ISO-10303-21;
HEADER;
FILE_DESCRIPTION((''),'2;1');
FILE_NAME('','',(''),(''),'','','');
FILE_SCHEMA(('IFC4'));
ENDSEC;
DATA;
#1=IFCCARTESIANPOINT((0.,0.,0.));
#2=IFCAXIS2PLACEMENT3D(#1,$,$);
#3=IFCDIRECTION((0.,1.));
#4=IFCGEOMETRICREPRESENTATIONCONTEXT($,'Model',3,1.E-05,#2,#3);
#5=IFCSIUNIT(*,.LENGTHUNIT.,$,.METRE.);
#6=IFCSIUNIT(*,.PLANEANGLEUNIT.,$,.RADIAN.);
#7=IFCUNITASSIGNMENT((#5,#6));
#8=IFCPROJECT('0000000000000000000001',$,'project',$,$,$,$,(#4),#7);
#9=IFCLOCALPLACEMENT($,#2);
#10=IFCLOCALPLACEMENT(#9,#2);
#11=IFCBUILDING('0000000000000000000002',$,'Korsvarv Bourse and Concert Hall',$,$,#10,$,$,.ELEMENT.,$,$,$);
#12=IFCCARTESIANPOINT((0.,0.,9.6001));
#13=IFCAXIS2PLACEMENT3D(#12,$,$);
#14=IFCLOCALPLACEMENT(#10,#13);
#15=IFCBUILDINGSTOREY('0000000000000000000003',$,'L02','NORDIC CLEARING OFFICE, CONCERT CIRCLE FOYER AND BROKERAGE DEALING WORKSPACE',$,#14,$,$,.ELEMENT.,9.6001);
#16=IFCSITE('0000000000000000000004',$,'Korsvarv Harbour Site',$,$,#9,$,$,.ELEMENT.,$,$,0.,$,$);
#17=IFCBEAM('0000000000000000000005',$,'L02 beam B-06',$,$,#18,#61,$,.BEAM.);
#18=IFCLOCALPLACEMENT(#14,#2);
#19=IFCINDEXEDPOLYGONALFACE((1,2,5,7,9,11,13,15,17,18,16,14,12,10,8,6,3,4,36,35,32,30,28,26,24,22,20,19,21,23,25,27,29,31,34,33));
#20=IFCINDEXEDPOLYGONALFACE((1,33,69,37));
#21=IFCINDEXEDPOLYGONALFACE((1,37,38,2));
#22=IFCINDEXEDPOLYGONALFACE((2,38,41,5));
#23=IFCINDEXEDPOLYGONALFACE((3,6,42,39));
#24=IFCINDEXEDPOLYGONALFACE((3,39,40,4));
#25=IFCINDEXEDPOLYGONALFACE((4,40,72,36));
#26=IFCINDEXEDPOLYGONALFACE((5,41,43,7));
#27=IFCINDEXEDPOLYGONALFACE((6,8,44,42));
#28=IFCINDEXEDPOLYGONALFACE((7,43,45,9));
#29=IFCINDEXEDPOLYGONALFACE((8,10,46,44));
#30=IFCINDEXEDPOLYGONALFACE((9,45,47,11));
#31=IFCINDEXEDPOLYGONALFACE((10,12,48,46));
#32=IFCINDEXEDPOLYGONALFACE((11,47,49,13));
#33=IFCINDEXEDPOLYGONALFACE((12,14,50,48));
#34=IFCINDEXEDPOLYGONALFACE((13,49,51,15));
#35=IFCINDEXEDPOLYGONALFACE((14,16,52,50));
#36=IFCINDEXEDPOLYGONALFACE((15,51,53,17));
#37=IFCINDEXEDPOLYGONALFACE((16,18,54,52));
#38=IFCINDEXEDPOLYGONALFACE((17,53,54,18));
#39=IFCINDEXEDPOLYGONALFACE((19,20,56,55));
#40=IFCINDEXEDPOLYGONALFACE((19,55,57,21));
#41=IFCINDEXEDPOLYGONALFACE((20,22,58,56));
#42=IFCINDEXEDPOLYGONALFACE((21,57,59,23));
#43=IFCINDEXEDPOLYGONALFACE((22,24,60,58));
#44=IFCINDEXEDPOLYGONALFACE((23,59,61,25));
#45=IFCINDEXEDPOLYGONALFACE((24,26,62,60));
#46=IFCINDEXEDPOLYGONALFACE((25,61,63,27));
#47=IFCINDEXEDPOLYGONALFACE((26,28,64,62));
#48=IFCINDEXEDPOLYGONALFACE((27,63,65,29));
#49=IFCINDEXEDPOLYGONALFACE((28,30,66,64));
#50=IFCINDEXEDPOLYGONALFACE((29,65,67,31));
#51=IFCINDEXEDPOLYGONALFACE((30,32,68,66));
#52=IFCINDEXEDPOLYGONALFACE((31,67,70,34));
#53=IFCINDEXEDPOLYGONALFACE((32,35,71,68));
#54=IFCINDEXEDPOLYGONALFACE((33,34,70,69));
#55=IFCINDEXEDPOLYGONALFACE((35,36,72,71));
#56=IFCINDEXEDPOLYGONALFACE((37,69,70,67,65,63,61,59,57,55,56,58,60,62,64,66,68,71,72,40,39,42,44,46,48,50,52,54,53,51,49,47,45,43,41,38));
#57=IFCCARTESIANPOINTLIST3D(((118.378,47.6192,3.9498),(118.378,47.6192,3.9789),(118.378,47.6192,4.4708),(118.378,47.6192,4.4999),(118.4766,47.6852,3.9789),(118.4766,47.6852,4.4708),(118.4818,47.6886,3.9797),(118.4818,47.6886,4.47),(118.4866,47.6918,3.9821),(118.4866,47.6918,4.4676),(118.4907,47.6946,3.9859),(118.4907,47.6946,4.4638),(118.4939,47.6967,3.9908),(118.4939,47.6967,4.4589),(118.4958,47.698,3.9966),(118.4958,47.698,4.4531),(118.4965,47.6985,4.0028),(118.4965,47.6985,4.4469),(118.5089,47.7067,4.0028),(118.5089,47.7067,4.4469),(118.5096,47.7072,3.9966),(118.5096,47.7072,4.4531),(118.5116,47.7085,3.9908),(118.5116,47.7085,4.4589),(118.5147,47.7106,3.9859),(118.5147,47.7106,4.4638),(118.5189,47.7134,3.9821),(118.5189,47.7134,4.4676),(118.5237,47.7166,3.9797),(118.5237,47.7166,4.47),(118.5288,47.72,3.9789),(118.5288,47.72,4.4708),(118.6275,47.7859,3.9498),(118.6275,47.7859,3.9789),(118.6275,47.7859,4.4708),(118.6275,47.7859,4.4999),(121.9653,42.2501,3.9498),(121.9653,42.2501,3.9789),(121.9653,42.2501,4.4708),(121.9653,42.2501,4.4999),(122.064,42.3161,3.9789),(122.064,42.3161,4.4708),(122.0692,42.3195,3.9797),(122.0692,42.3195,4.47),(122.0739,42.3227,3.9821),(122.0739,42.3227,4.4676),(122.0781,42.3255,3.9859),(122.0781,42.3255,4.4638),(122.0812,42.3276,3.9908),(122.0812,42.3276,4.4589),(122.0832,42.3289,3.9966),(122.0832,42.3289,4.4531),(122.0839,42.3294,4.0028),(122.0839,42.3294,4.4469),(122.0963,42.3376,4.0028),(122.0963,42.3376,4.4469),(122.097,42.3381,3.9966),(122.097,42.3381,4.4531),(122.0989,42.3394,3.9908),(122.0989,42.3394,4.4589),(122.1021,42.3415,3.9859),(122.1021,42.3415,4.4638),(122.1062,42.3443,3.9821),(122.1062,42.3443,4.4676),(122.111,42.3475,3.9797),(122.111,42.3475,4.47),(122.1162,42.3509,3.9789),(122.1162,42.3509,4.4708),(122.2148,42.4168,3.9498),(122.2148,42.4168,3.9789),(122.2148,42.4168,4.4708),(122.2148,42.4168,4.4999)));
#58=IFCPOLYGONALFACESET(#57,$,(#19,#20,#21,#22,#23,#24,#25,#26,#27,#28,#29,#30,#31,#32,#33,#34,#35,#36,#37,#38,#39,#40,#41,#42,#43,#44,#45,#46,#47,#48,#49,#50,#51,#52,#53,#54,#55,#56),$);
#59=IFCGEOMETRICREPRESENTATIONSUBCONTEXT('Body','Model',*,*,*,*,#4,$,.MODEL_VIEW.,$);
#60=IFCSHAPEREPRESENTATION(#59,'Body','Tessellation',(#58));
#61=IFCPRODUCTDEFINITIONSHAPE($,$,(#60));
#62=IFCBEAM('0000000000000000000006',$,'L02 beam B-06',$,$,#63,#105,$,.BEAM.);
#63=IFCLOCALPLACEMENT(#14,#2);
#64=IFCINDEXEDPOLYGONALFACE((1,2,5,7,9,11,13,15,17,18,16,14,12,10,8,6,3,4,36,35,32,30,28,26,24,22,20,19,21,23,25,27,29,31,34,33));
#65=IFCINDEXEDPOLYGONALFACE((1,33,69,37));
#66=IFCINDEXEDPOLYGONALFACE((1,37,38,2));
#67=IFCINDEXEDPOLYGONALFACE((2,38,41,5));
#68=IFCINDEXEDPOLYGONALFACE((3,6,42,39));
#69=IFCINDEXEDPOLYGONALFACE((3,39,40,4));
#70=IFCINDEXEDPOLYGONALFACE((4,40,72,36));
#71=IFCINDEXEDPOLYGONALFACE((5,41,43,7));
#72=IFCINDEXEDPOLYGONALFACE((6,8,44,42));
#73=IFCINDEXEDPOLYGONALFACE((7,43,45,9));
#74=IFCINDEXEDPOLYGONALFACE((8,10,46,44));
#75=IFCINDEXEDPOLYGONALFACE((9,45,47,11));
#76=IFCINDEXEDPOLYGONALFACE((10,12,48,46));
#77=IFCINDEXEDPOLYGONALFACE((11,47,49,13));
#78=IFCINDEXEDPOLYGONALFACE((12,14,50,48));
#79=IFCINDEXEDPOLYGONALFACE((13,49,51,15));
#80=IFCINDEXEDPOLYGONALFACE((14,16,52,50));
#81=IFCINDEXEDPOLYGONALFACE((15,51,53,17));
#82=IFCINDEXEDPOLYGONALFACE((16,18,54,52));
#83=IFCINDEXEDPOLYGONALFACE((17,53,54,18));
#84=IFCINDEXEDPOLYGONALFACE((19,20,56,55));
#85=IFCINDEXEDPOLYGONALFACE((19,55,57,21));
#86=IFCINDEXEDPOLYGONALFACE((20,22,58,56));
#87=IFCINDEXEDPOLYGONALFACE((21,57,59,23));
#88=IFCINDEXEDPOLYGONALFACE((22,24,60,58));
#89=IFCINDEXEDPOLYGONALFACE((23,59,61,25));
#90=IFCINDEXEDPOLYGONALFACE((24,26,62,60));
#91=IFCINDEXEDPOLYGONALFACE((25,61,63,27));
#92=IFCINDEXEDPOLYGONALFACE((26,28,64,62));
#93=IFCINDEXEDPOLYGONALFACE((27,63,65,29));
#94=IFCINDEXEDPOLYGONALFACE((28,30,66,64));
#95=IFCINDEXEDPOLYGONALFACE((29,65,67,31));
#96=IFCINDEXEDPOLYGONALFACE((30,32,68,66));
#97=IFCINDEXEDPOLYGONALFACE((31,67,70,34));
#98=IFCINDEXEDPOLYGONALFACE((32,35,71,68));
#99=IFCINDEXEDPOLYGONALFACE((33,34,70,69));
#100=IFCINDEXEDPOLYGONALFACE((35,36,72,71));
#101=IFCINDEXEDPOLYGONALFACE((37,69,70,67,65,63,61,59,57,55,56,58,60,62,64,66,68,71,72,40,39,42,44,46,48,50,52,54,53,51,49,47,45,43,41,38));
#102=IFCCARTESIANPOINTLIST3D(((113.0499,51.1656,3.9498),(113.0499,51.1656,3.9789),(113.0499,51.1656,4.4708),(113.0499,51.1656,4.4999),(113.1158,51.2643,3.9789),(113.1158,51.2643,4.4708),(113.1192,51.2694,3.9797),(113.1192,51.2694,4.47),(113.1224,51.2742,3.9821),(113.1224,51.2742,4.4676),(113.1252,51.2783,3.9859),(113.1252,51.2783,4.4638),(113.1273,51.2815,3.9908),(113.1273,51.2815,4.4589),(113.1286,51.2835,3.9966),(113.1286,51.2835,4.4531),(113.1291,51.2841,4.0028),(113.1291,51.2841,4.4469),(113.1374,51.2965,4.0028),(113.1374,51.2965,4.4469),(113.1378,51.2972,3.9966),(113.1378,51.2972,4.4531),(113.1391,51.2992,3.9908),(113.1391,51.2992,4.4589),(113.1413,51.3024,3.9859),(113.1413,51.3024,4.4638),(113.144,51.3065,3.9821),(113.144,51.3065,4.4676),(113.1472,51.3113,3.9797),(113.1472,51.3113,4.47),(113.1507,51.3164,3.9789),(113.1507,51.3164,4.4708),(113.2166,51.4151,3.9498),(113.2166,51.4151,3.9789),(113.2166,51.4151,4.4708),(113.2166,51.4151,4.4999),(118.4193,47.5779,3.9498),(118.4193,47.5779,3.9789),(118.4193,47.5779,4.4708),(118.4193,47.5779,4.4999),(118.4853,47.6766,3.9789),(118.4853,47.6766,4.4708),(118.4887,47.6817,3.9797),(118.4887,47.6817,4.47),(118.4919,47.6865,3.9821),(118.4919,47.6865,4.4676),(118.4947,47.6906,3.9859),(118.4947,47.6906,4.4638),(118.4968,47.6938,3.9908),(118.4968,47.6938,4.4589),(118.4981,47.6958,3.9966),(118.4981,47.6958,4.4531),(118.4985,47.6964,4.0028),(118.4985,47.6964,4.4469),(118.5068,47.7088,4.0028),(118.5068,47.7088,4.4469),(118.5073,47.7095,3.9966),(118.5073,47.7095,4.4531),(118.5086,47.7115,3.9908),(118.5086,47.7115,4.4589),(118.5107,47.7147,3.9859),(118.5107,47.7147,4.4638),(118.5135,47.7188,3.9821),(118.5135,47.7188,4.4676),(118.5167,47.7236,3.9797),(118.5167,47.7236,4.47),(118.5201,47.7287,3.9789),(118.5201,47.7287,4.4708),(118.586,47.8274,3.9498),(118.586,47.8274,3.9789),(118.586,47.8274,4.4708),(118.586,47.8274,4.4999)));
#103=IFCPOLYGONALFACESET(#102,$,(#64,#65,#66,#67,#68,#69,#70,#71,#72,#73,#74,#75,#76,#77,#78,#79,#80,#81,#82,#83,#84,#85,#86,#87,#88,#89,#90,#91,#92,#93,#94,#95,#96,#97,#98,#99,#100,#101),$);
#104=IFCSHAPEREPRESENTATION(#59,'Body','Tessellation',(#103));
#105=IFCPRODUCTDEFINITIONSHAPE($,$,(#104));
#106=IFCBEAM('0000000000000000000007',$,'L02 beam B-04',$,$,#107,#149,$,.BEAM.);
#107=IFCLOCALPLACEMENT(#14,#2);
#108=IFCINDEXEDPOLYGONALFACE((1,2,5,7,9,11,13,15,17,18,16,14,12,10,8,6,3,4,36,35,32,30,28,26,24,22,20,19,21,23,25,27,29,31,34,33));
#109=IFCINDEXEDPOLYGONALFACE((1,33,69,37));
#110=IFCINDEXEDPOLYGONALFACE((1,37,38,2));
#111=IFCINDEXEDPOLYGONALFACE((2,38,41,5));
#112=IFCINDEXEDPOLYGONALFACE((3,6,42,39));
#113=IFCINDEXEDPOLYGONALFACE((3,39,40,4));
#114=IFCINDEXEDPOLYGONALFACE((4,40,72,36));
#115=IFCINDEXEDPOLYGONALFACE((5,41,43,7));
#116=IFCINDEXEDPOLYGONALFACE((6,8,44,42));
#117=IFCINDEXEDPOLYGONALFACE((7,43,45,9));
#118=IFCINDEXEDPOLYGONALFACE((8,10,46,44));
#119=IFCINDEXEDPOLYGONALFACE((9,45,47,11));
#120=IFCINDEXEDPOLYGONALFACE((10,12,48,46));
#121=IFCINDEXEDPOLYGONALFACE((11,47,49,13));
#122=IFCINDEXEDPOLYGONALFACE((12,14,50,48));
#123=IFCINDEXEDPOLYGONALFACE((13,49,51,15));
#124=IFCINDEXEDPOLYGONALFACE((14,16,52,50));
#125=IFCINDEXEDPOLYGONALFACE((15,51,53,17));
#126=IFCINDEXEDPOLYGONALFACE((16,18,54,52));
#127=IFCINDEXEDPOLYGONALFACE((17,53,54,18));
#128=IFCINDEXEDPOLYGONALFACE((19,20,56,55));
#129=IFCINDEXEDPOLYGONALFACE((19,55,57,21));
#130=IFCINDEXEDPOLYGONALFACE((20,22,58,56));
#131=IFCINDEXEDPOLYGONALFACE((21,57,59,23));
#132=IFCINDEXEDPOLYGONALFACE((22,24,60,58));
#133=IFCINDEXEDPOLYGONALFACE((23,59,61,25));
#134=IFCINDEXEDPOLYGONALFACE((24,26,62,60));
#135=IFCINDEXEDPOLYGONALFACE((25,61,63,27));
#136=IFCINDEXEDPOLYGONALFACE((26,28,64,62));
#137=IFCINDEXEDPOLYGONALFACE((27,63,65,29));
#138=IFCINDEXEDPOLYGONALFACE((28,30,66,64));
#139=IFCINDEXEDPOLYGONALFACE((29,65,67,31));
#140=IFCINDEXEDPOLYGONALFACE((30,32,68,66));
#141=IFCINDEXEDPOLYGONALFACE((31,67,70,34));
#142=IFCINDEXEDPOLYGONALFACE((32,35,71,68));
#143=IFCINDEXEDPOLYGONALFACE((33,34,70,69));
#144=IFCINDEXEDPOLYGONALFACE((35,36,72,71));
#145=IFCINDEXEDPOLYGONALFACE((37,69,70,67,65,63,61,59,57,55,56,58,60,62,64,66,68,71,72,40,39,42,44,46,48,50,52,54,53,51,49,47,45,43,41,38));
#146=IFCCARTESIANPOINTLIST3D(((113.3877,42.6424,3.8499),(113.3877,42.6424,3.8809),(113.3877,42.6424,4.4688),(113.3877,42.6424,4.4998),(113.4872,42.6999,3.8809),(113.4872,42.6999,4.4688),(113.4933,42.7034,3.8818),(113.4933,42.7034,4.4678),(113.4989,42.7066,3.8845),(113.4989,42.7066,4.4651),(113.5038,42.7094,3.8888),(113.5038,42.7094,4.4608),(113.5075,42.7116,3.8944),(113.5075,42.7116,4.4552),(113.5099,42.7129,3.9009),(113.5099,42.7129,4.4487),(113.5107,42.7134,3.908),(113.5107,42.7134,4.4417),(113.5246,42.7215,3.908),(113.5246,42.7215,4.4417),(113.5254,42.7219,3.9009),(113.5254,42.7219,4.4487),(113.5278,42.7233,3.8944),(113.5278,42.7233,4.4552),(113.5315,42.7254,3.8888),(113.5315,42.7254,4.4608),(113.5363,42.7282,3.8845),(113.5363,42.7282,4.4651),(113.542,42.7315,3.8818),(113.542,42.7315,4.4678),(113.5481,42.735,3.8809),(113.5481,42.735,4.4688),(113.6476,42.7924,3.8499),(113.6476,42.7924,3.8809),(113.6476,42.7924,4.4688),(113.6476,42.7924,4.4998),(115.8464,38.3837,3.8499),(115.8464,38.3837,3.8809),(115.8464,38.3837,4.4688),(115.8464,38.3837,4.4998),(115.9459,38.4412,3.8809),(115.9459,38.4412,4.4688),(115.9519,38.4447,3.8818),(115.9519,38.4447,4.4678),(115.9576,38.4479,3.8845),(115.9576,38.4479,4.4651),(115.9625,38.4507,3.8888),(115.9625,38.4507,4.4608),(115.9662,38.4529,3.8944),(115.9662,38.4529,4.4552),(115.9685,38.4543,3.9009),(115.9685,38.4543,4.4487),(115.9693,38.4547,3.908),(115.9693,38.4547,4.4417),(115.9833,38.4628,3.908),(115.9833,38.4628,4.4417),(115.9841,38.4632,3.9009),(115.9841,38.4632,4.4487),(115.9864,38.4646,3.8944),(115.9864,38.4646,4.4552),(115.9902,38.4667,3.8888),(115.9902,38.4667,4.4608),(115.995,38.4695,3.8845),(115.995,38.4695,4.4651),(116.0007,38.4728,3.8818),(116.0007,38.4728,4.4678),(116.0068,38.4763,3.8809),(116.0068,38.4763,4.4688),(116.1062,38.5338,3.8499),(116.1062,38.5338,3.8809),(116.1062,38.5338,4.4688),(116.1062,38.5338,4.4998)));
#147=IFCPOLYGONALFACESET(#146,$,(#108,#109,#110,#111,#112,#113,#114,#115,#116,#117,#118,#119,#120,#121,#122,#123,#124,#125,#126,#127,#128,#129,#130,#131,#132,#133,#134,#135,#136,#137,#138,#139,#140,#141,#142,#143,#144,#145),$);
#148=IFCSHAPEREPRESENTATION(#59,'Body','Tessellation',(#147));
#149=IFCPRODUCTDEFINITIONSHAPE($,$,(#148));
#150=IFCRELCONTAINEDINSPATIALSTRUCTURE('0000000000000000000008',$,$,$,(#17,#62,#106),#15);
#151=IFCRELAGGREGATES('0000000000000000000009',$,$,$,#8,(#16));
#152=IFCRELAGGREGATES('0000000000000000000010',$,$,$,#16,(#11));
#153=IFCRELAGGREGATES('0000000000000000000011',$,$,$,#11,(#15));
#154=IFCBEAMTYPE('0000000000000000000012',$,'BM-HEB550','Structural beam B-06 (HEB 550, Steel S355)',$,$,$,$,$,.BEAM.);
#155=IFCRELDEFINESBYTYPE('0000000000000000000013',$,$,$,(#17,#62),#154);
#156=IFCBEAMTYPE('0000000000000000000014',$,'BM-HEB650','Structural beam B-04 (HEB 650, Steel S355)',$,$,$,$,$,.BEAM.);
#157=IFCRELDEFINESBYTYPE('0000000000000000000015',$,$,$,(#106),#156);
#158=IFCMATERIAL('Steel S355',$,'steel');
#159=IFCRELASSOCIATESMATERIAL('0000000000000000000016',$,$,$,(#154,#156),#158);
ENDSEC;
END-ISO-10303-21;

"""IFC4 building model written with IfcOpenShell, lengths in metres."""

from ifc_helpers import new_model, si_unit, direction, frame, origin, origin_2d, place, context, subcontext, project, spatial, i_section, extrude, source, transform, mapped, material, material_profile, profile_set, type_object, element, save


model = new_model("IFC4")

# Units and contexts
model_context = context("Model", 3, precision=1e-05, world=origin(), true_north=direction((0.0, 1.0)))
body_context = subcontext(model_context, "Body", "Model", "MODEL_VIEW")
ifc_project = project(units=[si_unit("LENGTHUNIT", "METRE"), si_unit("PLANEANGLEUNIT", "RADIAN")], contexts=[model_context])

# Site, building, storey
site_placement = place(None, origin())
site = spatial("IfcSite", under=ifc_project, at=site_placement, Name="Korsvarv Harbour Site", CompositionType="ELEMENT", RefElevation=0.0)
building_placement = place(site_placement, origin())
building = spatial("IfcBuilding", under=site, at=building_placement, Name="Korsvarv Bourse and Concert Hall", CompositionType="ELEMENT")
storey_placement = place(building_placement, frame((0.0, 0.0, 9.6001)))
storey = spatial("IfcBuildingStorey", under=building, at=storey_placement, Name="L02", Description="NORDIC CLEARING OFFICE, CONCERT CIRCLE FOYER AND BROKERAGE DEALING WORKSPACE", CompositionType="ELEMENT", Elevation=9.6001)

# Beams
ifc_material_1 = material(Name="Steel S355", Category="steel")
ifc_material_profile_1 = material_profile(ifc_material_1, i_section(OverallWidth=0.3, OverallDepth=0.55, WebThickness=0.0149, FlangeThickness=0.0291, FilletRadius=0.0239, at=origin_2d()), Name="HEB 550")
ifc_profile_set_1 = profile_set([ifc_material_profile_1], Name="Steel S355")
beam_type_1 = type_object("IfcBeamType", Name="BM-HEB550", Description="Structural beam B-06 (HEB 550, Steel S355)", PredefinedType="BEAM", material=ifc_profile_set_1)
shared_shape_1 = source(origin(), body_context, "Body", "SweptSolid", [
    extrude(i_section(OverallWidth=0.3, OverallDepth=0.55, WebThickness=0.0149, FlangeThickness=0.0291, FilletRadius=0.0239, at=origin_2d()), origin(), (0.0, 0.0, 1.0), 6.4573),
])
beam_1_placement = place(storey_placement, frame((122.0901, 42.3335, 4.2249), z_axis=(-0.555555, 0.83148, 0.0), x_axis=(-0.83148, -0.555555, 0.0)))
element("IfcBeam", 1, at=beam_1_placement, inside=storey, type_object=beam_type_1, Name="L02 beam B-06", PredefinedType="BEAM", context=body_context, shape_type="MappedRepresentation", body=[
    mapped(shared_shape_1, transform((0.0, 0.0, 0.0), scale=1.0)),
])
shared_shape_2 = source(origin(), body_context, "Body", "SweptSolid", [
    extrude(i_section(OverallWidth=0.3, OverallDepth=0.55, WebThickness=0.0149, FlangeThickness=0.0291, FilletRadius=0.0239, at=origin_2d()), origin(), (0.0, 0.0, 1.0), 6.4578),
])
beam_2_placement = place(storey_placement, frame((118.5027, 47.7026, 4.2249), z_axis=(-0.831474, 0.555564, 0.0), x_axis=(-0.555564, -0.831474, 0.0)))
element("IfcBeam", 2, at=beam_2_placement, inside=storey, type_object=beam_type_1, Name="L02 beam B-06", PredefinedType="BEAM", context=body_context, shape_type="MappedRepresentation", body=[
    mapped(shared_shape_2, transform((0.0, 0.0, 0.0), scale=1.0)),
])
ifc_material_profile_2 = material_profile(ifc_material_1, i_section(OverallWidth=0.3, OverallDepth=0.6499, WebThickness=0.0161, FlangeThickness=0.031, FilletRadius=0.0271, at=origin_2d()), Name="HEB 650")
ifc_profile_set_2 = profile_set([ifc_material_profile_2], Name="Steel S355")
beam_type_2 = type_object("IfcBeamType", Name="BM-HEB650", Description="Structural beam B-04 (HEB 650, Steel S355)", PredefinedType="BEAM", material=ifc_profile_set_2)
shared_shape_3 = source(origin(), body_context, "Body", "SweptSolid", [
    extrude(i_section(OverallWidth=0.3, OverallDepth=0.6499, WebThickness=0.0161, FlangeThickness=0.031, FilletRadius=0.0271, at=origin_2d()), origin(), (0.0, 0.0, 1.0), 4.9175),
])
beam_3_placement = place(storey_placement, frame((115.9763, 38.4587, 4.1748), z_axis=(-0.499989, 0.866032, 0.0), x_axis=(-0.866032, -0.499989, 0.0)))
element("IfcBeam", 3, at=beam_3_placement, inside=storey, type_object=beam_type_2, Name="L02 beam B-04", PredefinedType="BEAM", context=body_context, shape_type="MappedRepresentation", body=[
    mapped(shared_shape_3, transform((0.0, 0.0, 0.0), scale=1.0)),
])

save(model, "model.ifc")
